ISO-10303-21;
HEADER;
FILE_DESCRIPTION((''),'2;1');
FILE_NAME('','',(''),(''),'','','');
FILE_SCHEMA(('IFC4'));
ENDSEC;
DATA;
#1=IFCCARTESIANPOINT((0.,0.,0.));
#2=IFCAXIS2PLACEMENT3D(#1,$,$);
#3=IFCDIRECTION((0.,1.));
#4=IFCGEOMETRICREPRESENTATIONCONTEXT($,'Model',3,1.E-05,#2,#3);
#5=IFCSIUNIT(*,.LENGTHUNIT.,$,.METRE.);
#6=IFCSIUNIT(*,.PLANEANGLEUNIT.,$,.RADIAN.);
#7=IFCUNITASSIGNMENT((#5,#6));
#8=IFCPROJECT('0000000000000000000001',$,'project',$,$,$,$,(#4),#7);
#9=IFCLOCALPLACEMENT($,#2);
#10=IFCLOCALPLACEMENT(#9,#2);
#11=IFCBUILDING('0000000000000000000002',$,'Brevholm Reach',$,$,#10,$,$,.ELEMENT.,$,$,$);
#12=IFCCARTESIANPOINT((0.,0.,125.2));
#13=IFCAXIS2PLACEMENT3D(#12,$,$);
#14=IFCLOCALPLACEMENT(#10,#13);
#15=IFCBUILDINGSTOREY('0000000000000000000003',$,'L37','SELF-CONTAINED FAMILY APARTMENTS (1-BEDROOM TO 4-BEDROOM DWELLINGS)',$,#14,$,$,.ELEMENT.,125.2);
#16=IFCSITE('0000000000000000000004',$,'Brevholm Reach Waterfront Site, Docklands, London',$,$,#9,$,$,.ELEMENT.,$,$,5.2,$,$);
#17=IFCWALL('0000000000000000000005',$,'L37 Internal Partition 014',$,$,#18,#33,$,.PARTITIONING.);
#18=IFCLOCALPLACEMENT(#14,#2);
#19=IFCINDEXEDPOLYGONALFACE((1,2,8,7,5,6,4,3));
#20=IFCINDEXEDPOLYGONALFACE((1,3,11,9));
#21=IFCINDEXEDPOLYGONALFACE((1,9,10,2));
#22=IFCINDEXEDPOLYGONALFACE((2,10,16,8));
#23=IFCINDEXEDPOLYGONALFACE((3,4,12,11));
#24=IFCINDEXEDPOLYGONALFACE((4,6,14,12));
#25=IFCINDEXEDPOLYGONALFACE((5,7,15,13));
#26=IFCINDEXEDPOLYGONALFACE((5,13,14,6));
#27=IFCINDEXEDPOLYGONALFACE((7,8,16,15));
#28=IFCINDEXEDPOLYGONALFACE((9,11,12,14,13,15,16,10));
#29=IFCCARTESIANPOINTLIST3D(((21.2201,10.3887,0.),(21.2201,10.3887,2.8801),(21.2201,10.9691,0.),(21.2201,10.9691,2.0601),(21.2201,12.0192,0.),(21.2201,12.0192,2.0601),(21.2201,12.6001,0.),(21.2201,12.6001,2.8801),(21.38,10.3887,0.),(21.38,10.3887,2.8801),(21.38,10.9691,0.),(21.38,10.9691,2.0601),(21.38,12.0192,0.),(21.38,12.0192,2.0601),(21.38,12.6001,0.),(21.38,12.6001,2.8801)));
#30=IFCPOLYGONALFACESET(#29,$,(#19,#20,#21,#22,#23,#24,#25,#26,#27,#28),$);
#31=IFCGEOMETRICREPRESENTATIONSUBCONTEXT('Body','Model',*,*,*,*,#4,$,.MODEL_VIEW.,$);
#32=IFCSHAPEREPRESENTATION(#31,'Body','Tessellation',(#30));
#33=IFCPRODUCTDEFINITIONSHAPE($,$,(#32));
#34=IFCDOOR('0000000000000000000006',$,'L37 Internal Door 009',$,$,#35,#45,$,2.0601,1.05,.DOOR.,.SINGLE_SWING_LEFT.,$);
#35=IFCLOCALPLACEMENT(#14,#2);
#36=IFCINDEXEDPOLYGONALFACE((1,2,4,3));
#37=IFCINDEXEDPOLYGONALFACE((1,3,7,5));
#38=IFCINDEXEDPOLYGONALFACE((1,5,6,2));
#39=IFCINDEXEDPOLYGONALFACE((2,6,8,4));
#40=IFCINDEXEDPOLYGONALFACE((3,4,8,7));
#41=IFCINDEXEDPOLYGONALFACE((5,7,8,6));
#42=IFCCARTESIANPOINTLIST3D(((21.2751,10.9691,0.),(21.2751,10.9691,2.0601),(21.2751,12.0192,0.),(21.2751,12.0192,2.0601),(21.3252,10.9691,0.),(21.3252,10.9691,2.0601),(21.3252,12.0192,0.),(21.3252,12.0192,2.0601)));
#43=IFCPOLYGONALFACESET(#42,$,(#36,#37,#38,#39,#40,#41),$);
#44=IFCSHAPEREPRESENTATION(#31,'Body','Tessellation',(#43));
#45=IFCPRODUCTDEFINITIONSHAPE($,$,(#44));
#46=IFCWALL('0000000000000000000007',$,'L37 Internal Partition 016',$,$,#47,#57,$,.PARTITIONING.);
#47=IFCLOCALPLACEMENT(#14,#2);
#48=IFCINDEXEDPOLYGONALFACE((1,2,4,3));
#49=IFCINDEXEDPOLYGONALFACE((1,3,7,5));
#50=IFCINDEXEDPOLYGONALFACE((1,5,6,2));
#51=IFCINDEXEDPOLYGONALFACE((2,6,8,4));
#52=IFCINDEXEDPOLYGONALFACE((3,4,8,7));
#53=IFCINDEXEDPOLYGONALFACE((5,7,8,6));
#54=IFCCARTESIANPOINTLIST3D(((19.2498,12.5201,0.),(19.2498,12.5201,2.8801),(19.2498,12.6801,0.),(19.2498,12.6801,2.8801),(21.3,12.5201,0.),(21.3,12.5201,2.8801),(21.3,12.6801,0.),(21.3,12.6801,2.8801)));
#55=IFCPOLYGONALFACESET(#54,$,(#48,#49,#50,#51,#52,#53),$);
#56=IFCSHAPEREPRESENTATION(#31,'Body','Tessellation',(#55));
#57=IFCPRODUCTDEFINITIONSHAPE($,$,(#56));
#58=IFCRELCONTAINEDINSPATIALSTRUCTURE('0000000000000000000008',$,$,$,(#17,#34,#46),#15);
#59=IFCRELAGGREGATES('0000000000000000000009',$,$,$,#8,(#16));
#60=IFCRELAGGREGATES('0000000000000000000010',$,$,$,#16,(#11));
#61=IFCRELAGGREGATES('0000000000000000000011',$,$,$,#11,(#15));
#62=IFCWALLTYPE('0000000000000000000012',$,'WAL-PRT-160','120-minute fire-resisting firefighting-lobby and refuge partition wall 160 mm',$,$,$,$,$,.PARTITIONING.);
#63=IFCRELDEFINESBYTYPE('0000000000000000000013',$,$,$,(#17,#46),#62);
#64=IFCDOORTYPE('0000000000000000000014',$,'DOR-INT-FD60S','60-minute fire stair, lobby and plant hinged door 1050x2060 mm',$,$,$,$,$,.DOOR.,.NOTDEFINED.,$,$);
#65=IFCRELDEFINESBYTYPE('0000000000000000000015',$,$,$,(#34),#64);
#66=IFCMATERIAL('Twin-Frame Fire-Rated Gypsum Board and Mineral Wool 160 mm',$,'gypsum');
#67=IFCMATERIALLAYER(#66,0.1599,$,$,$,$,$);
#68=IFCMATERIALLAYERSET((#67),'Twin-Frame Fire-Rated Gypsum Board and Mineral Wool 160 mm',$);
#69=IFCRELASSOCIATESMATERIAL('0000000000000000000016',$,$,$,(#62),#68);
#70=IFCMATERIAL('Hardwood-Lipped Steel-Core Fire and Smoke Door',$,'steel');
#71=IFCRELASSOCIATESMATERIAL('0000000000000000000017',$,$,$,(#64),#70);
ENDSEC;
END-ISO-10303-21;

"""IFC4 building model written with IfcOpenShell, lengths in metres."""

from ifc_helpers import new_model, si_unit, direction, frame, frame_2d, origin, place, context, subcontext, project, spatial, rectangle, extrude, material, layer, layer_set, type_object, element, fill, save


model = new_model("IFC4")

# Units and contexts
model_context = context("Model", 3, precision=1e-05, world=origin(), true_north=direction((0.0, 1.0)))
body_context = subcontext(model_context, "Body", "Model", "MODEL_VIEW")
ifc_project = project(units=[si_unit("LENGTHUNIT", "METRE"), si_unit("PLANEANGLEUNIT", "RADIAN")], contexts=[model_context])

# Site, building, storey
site_placement = place(None, origin())
site = spatial("IfcSite", under=ifc_project, at=site_placement, Name="Brevholm Reach Waterfront Site, Docklands, London", CompositionType="ELEMENT", RefElevation=5.2)
building_placement = place(site_placement, origin())
building = spatial("IfcBuilding", under=site, at=building_placement, Name="Brevholm Reach", CompositionType="ELEMENT")
storey_placement = place(building_placement, frame((0.0, 0.0, 125.2)))
storey = spatial("IfcBuildingStorey", under=building, at=storey_placement, Name="L37", Description="SELF-CONTAINED FAMILY APARTMENTS (1-BEDROOM TO 4-BEDROOM DWELLINGS)", CompositionType="ELEMENT", Elevation=125.2)

# Wall, opening, door
ifc_material_1 = material(Name="Twin-Frame Fire-Rated Gypsum Board and Mineral Wool 160 mm", Category="gypsum")
ifc_layer_1 = layer(ifc_material_1, 0.1599)
ifc_layer_set_1 = layer_set([ifc_layer_1], Name="Twin-Frame Fire-Rated Gypsum Board and Mineral Wool 160 mm")
wall_type_1 = type_object("IfcWallType", Name="WAL-PRT-160", Description="120-minute fire-resisting firefighting-lobby and refuge partition wall 160 mm", PredefinedType="PARTITIONING", material=ifc_layer_set_1)
wall_1_placement = place(storey_placement, frame((21.3, 10.3887, 0.0), z_axis=(0.0, 0.0, 1.0), x_axis=(0.0, 1.0, 0.0)))
wall_1 = element("IfcWall", 1, at=wall_1_placement, inside=storey, type_object=wall_type_1, Name="L37 Internal Partition 014", PredefinedType="PARTITIONING", context=body_context, shape_type="SweptSolid", body=[
    extrude(rectangle(XDim=2.2114, YDim=0.1599, at=frame_2d((1.1057, 0.0))), origin(), (0.0, 0.0, 1.0), 2.8801),
])
opening_1_placement = place(wall_1_placement, frame((0.5806, 0.0, 0.0)))
opening_1 = element("IfcOpeningElement", 2, at=opening_1_placement, cuts=wall_1, PredefinedType="OPENING", context=body_context, shape_type="SweptSolid", body=[
    extrude(rectangle(XDim=1.05, YDim=2.0601, at=frame_2d((0.5249, 1.03))), frame((0.0, 0.0898, 0.0), z_axis=(0.0, -1.0, 0.0), x_axis=(1.0, 0.0, 0.0)), (0.0, 0.0, 1.0), 0.1799),
])
ifc_material_2 = material(Name="Hardwood-Lipped Steel-Core Fire and Smoke Door", Category="steel")
door_type_1 = type_object("IfcDoorType", Name="DOR-INT-FD60S", Description="60-minute fire stair, lobby and plant hinged door 1050x2060 mm", OperationType="NOTDEFINED", PredefinedType="DOOR", material=ifc_material_2)
door_1_placement = place(opening_1_placement, origin())
door_1 = element("IfcDoor", 3, at=door_1_placement, inside=storey, type_object=door_type_1, Name="L37 Internal Door 009", OperationType="SINGLE_SWING_LEFT", OverallHeight=2.0601, OverallWidth=1.05, PredefinedType="DOOR", context=body_context, shape_type="SweptSolid", body=[
    extrude(rectangle(XDim=1.05, YDim=2.0601, at=frame_2d((0.5249, 1.03))), frame((0.0, 0.0249, 0.0), z_axis=(0.0, -1.0, 0.0), x_axis=(1.0, 0.0, 0.0)), (0.0, 0.0, 1.0), 0.05),
])
fill(opening_1, door_1)

# Wall
wall_2_placement = place(storey_placement, frame((19.2498, 12.6001, 0.0), z_axis=(0.0, 0.0, 1.0), x_axis=(1.0, 0.0, 0.0)))
element("IfcWall", 4, at=wall_2_placement, inside=storey, type_object=wall_type_1, Name="L37 Internal Partition 016", PredefinedType="PARTITIONING", context=body_context, shape_type="SweptSolid", body=[
    extrude(rectangle(XDim=2.0503, YDim=0.1599, at=frame_2d((1.0251, 0.0))), origin(), (0.0, 0.0, 1.0), 2.8801),
])

save(model, "model.ifc")
